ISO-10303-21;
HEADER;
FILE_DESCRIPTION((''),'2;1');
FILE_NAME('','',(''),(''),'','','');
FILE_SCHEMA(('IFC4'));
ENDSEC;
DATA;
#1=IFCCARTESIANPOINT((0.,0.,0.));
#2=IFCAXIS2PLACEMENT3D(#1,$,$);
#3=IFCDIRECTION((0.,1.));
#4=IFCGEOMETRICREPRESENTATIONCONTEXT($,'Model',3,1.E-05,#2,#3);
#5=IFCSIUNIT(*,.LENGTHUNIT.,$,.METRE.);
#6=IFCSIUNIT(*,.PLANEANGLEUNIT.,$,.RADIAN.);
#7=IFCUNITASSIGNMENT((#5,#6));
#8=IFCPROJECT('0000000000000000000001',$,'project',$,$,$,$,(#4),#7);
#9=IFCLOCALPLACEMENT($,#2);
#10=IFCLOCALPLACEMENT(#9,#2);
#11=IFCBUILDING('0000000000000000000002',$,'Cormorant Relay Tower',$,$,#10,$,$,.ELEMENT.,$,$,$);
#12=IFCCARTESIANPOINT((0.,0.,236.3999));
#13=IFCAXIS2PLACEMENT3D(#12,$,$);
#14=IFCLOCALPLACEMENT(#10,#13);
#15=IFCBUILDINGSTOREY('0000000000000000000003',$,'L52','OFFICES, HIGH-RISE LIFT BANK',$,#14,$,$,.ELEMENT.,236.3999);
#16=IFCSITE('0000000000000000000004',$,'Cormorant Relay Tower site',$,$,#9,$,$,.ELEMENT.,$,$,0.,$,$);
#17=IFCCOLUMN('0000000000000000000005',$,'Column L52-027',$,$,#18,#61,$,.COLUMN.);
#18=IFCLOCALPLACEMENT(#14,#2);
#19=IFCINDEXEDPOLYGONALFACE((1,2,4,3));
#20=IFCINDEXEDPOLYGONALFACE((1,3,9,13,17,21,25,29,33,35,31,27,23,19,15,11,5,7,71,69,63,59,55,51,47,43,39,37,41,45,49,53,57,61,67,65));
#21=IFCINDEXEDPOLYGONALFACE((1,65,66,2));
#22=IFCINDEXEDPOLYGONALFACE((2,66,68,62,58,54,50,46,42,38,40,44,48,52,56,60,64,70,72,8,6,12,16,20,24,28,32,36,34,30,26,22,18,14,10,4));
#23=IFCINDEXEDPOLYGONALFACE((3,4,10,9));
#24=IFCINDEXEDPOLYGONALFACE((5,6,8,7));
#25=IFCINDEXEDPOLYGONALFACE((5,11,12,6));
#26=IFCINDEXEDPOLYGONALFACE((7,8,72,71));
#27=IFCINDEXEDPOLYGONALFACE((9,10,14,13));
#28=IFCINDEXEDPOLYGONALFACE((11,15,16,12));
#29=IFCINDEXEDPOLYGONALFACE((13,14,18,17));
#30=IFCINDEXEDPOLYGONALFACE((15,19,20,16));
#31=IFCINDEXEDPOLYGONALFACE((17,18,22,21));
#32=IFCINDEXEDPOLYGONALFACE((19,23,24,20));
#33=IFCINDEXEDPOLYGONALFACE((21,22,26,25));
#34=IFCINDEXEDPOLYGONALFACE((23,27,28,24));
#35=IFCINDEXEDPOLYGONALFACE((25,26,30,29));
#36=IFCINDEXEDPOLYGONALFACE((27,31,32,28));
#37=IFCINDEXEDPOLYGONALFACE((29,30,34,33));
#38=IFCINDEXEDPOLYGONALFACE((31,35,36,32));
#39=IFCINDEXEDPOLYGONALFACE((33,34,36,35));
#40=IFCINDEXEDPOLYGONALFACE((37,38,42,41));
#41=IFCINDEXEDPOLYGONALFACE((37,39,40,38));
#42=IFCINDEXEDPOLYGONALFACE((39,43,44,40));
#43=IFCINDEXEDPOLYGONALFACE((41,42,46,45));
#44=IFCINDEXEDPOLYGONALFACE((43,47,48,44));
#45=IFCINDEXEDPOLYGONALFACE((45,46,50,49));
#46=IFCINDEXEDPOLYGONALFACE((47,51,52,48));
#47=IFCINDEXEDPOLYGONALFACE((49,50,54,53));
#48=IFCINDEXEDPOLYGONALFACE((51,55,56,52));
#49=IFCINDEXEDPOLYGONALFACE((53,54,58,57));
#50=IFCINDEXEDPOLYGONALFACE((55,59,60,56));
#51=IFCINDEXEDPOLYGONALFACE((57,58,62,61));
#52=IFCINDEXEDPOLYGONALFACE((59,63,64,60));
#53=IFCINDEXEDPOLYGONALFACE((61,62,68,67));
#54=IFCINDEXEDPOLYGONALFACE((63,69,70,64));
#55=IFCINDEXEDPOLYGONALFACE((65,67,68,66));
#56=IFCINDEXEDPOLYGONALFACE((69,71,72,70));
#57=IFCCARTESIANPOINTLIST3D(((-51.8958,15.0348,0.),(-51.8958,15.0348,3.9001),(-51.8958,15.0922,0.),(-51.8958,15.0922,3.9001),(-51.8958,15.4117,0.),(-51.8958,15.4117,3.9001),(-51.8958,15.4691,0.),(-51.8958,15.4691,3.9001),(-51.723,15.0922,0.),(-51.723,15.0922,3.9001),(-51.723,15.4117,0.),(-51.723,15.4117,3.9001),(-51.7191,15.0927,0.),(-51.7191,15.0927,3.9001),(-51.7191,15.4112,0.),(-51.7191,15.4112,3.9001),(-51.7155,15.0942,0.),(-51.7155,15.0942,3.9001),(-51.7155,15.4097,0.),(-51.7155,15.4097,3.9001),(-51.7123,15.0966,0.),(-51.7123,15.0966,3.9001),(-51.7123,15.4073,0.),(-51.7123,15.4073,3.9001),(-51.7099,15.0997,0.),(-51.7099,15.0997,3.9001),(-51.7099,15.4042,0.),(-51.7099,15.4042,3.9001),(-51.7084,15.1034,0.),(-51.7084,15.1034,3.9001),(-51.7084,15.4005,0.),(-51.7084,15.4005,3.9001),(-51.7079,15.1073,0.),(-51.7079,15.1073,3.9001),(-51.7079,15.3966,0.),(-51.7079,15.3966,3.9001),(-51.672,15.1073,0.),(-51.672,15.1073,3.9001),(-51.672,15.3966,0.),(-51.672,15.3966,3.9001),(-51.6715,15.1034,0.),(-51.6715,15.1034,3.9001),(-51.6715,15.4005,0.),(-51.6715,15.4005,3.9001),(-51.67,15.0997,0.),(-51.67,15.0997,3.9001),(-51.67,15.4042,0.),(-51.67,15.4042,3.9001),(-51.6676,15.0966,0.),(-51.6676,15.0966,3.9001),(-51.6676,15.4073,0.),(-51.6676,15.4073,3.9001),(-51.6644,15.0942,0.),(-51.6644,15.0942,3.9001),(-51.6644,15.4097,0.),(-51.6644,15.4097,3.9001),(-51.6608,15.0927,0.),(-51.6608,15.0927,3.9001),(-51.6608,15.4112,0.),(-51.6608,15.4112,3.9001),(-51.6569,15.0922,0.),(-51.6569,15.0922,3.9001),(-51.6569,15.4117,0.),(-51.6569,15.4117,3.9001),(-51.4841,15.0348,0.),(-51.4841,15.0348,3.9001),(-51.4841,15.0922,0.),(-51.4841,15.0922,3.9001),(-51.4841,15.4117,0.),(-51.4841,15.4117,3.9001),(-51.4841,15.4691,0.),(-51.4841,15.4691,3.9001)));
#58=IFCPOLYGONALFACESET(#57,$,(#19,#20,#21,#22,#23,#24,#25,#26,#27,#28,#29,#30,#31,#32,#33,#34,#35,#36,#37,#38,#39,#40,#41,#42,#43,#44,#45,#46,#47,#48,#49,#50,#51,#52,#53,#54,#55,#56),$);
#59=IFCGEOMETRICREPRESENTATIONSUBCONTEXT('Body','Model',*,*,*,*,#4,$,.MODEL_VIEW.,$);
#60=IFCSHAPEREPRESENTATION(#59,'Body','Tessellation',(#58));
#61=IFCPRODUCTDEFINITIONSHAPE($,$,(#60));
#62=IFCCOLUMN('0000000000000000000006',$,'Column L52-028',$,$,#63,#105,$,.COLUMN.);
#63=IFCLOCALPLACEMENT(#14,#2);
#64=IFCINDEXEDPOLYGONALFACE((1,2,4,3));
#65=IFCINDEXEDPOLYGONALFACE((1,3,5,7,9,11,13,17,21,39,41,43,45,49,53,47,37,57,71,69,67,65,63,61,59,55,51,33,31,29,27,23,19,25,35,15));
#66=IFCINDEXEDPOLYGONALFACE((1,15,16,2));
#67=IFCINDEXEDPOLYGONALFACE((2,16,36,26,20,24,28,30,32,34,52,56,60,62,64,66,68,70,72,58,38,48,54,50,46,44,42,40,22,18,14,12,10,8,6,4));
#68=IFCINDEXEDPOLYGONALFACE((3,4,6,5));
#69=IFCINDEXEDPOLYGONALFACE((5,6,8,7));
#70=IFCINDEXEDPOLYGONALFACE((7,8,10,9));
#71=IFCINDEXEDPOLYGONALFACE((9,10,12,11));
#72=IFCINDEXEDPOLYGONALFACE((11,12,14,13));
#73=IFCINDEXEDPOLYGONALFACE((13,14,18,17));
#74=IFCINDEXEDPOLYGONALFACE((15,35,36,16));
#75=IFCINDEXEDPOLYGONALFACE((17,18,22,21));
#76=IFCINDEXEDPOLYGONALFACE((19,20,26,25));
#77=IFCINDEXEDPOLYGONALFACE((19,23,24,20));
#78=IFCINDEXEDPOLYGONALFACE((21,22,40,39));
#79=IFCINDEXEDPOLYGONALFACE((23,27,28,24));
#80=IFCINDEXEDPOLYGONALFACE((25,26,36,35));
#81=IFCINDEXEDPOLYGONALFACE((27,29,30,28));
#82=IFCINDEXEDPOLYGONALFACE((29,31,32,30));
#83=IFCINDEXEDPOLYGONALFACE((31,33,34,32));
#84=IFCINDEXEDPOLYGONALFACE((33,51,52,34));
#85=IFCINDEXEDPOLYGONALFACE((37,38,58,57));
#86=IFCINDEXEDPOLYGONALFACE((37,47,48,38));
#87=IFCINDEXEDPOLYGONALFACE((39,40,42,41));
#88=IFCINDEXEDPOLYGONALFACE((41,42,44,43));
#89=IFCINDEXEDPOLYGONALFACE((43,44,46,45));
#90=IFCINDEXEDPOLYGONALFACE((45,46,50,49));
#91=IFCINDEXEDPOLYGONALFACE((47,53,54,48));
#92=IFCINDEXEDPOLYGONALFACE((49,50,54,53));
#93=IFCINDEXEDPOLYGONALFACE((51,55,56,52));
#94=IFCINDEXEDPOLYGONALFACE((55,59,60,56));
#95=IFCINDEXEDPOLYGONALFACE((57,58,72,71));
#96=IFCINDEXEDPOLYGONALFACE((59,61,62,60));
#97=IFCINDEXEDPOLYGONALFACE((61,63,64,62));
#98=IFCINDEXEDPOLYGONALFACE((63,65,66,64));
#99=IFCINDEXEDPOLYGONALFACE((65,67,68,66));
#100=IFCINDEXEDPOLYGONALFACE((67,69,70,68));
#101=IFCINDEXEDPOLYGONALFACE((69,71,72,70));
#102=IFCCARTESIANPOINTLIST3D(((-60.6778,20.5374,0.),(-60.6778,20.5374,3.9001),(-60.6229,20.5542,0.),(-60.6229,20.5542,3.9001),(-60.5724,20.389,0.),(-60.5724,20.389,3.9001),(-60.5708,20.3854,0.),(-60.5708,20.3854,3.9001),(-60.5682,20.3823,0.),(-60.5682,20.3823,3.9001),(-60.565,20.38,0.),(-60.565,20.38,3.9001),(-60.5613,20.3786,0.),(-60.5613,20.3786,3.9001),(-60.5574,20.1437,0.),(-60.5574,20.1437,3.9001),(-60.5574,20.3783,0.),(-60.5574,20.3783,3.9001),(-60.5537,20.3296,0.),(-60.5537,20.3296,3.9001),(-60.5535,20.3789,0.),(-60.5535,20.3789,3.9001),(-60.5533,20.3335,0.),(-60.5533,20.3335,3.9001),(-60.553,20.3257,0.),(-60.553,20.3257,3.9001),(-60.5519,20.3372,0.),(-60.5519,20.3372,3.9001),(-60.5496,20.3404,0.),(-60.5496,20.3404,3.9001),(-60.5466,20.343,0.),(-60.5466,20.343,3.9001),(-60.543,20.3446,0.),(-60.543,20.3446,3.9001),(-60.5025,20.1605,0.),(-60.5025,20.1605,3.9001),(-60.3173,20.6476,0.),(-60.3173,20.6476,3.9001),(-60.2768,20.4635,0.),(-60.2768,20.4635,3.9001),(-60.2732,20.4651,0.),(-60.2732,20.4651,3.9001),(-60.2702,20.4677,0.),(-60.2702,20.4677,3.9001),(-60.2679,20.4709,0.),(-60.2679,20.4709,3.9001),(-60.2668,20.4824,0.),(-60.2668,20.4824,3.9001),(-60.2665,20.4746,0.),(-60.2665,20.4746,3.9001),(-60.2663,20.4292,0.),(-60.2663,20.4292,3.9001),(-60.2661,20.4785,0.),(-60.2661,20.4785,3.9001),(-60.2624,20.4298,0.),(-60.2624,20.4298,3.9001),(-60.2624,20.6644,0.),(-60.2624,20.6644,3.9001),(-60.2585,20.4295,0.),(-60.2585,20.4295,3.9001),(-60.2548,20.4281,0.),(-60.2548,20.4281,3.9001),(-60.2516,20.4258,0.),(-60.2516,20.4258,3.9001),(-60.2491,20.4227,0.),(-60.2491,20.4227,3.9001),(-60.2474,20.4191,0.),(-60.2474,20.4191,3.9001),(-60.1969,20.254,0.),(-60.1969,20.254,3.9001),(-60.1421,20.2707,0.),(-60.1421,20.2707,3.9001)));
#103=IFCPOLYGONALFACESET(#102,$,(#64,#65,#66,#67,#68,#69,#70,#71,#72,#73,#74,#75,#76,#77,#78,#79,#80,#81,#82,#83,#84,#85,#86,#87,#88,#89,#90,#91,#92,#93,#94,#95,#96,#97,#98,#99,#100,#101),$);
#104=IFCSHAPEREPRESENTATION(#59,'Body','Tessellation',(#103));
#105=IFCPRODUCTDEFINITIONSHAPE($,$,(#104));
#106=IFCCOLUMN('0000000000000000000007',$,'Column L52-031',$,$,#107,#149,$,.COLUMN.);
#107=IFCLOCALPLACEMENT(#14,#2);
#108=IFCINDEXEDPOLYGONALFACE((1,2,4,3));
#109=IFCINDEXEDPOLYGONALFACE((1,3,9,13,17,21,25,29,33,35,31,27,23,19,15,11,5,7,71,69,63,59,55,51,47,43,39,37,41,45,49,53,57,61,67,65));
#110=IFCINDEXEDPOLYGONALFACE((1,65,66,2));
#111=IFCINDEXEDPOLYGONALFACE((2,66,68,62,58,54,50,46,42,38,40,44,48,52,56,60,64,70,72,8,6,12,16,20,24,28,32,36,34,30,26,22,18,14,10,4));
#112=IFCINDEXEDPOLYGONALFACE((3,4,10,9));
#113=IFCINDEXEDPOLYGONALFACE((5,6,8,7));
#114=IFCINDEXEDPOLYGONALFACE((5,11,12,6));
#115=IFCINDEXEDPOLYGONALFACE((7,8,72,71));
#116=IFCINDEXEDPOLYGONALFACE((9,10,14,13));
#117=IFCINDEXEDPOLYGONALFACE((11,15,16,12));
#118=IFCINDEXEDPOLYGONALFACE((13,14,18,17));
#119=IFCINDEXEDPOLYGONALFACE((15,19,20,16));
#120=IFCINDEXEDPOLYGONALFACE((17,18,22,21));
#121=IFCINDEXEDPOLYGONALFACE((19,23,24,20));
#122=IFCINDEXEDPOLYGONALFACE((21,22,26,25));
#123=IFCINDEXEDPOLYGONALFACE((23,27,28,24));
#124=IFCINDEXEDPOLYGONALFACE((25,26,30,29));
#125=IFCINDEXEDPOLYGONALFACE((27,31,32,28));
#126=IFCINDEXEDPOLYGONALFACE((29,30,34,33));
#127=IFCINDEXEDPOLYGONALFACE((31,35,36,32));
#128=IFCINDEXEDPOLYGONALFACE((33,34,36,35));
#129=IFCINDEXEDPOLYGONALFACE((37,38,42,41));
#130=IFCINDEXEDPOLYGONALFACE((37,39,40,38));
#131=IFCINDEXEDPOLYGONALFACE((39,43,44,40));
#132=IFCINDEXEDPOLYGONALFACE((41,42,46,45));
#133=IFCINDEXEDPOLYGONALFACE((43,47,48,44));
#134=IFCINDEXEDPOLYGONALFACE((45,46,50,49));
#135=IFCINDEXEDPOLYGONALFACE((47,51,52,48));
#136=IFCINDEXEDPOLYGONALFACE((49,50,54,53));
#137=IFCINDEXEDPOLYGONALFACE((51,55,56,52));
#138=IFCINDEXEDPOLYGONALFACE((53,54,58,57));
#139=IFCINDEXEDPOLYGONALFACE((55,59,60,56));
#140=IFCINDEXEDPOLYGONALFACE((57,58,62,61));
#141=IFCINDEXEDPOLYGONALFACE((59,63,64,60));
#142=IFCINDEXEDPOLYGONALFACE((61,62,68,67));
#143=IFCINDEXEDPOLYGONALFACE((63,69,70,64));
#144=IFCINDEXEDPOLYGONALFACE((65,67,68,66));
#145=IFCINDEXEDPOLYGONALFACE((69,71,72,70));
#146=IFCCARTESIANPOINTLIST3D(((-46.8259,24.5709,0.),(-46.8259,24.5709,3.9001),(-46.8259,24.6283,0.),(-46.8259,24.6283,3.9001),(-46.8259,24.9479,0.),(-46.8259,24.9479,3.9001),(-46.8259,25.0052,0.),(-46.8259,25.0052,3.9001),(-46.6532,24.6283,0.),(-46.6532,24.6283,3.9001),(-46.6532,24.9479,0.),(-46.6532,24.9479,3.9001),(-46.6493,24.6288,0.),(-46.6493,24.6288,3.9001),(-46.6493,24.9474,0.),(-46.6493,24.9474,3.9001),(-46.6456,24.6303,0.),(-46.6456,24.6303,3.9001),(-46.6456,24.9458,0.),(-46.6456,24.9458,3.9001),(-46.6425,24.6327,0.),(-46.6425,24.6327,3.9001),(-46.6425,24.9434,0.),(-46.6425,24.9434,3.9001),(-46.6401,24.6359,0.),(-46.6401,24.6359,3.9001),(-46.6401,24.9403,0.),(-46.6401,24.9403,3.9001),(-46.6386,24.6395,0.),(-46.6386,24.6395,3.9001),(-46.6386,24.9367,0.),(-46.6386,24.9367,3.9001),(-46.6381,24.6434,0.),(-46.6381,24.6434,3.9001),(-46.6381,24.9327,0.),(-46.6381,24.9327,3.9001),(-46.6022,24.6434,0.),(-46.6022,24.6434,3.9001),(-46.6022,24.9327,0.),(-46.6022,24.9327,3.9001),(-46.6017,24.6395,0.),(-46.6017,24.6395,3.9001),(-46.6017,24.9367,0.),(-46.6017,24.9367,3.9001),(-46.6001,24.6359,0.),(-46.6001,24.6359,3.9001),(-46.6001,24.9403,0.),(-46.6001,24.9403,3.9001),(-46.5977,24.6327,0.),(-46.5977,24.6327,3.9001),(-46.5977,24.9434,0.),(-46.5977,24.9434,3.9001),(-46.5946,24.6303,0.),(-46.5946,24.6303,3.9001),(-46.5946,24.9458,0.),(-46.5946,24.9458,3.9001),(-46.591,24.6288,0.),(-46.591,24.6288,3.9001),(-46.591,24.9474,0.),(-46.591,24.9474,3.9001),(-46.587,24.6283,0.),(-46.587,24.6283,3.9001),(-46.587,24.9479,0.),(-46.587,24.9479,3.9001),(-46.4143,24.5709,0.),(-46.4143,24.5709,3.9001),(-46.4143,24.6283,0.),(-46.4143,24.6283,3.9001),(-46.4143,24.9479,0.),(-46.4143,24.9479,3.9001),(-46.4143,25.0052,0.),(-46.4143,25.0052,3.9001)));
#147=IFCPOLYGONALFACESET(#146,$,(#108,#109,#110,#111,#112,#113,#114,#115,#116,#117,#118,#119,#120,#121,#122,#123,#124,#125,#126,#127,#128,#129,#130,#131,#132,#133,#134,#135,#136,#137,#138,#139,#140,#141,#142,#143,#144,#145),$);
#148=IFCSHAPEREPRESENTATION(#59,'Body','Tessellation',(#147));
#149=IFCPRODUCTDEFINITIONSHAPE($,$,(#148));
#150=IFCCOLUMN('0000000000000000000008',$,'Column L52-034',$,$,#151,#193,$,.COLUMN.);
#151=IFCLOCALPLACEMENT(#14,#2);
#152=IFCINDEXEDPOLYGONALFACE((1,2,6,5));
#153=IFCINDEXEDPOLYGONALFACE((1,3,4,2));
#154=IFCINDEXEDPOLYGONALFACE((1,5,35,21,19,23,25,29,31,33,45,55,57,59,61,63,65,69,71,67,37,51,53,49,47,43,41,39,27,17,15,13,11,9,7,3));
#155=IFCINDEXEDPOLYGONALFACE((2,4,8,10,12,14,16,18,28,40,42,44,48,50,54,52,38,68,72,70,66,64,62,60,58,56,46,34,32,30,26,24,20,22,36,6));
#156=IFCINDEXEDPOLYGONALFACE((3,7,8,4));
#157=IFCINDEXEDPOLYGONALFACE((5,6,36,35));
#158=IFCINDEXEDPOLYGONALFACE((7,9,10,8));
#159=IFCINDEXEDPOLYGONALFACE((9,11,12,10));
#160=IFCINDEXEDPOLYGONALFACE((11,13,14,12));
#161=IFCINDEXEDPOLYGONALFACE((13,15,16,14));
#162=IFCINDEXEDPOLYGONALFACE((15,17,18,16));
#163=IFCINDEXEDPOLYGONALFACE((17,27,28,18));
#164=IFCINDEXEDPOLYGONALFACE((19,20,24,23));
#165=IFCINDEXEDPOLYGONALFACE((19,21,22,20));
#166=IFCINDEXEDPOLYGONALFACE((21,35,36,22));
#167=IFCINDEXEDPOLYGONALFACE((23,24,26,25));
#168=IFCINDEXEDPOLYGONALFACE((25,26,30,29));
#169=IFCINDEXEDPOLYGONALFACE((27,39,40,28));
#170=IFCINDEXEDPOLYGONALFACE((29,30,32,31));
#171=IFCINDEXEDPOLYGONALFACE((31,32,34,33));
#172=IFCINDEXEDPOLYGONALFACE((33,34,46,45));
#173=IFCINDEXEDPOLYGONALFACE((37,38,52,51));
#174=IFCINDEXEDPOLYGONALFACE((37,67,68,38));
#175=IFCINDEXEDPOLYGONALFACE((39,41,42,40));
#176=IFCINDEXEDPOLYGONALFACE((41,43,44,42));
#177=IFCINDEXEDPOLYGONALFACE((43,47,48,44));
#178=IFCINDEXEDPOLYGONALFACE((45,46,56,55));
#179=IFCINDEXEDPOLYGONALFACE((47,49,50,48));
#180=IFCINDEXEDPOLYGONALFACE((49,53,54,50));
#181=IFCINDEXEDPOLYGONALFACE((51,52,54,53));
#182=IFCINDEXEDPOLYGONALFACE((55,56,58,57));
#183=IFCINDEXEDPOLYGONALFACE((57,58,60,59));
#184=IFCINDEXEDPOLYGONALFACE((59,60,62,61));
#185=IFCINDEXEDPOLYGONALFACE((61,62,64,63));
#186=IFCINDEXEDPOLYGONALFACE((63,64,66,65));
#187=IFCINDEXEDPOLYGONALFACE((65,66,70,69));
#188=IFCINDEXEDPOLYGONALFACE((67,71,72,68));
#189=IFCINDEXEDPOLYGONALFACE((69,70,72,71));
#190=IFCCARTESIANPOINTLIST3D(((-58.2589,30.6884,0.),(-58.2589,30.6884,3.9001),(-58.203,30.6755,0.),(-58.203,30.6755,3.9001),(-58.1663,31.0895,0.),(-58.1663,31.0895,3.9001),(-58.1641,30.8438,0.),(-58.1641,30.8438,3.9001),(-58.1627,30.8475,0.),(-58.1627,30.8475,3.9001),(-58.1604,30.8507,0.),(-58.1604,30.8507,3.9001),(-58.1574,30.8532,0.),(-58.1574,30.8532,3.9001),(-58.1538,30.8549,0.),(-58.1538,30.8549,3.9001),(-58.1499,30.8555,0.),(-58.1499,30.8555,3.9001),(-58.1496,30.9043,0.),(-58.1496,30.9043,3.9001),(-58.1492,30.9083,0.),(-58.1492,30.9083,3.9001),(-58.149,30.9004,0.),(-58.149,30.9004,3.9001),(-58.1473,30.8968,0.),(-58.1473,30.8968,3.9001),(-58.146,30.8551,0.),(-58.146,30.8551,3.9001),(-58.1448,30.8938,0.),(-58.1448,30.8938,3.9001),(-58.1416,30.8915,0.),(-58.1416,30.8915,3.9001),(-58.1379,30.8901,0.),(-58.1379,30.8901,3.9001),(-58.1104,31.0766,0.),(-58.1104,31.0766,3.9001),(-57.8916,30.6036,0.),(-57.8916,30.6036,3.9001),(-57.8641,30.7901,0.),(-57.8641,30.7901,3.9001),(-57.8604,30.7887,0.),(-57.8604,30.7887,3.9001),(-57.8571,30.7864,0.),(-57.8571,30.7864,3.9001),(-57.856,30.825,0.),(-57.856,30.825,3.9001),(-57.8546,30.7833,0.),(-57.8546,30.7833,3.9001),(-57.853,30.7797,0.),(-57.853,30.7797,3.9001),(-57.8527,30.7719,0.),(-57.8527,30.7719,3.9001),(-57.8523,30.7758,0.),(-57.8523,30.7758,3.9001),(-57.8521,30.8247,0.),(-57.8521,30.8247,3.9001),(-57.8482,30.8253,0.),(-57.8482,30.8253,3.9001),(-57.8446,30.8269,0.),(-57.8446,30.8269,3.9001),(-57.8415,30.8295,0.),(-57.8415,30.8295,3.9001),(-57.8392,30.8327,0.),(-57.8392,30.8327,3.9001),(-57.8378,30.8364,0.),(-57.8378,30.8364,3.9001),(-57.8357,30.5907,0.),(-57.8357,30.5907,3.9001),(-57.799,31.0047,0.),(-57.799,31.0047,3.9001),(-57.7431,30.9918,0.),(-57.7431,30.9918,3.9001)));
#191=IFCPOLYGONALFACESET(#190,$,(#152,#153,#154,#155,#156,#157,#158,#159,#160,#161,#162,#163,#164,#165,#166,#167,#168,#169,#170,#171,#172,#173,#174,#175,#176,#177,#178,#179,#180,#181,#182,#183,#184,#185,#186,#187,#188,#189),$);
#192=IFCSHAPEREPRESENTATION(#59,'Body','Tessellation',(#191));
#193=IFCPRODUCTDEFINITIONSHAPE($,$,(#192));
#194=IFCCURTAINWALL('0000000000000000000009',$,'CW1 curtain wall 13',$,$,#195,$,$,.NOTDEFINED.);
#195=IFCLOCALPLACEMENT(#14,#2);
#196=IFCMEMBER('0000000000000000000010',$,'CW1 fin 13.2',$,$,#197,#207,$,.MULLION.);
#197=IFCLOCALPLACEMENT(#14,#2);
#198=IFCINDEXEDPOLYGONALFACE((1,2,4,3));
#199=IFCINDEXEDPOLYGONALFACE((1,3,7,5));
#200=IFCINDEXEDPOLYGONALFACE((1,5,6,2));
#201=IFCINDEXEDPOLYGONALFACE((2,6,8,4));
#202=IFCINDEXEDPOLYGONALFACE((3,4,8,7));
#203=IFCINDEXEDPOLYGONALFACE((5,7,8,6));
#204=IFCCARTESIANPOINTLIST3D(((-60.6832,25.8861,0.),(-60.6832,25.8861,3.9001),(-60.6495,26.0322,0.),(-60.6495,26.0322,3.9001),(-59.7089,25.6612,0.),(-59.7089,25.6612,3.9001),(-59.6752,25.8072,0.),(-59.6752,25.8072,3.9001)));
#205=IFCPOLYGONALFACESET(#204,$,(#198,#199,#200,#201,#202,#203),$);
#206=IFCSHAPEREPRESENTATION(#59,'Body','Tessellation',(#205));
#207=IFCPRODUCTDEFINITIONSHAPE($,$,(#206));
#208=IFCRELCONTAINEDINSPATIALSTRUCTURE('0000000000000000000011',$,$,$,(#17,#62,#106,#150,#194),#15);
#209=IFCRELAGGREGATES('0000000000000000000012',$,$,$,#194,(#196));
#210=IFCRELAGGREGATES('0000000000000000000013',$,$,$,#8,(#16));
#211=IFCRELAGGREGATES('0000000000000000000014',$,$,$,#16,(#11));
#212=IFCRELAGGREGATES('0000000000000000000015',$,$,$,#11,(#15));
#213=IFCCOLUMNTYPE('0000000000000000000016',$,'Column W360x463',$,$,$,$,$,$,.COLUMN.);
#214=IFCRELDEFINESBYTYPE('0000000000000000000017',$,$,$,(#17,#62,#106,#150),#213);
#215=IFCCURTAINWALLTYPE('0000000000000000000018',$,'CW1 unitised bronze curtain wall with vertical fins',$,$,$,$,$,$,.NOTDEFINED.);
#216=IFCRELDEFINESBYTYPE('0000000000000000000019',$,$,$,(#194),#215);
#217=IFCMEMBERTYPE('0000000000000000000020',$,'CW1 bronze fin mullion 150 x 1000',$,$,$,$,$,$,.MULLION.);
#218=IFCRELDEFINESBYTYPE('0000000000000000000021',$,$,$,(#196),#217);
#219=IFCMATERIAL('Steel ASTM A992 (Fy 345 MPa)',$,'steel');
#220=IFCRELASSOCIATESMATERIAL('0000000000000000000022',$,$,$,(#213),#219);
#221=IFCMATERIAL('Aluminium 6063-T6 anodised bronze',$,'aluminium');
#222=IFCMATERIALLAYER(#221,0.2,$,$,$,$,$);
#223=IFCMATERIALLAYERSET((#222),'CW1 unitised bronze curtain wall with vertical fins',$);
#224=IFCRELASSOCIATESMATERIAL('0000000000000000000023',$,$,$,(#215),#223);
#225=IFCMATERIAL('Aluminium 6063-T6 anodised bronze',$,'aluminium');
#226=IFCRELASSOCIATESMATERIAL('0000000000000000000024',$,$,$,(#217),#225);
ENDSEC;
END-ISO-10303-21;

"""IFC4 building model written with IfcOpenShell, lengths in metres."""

from ifc_helpers import new_model, si_unit, direction, frame, origin, origin_2d, place, context, subcontext, project, spatial, rectangle, i_section, extrude, material, layer, layer_set, material_profile, profile_set, type_object, element, aggregate, save


model = new_model("IFC4")

# Units and contexts
model_context = context("Model", 3, precision=1e-05, world=origin(), true_north=direction((0.0, 1.0)))
body_context = subcontext(model_context, "Body", "Model", "MODEL_VIEW")
ifc_project = project(units=[si_unit("LENGTHUNIT", "METRE"), si_unit("PLANEANGLEUNIT", "RADIAN")], contexts=[model_context])

# Site, building, storey
site_placement = place(None, origin())
site = spatial("IfcSite", under=ifc_project, at=site_placement, Name="Cormorant Relay Tower site", CompositionType="ELEMENT", RefElevation=0.0)
building_placement = place(site_placement, origin())
building = spatial("IfcBuilding", under=site, at=building_placement, Name="Cormorant Relay Tower", CompositionType="ELEMENT")
storey_placement = place(building_placement, frame((0.0, 0.0, 236.3999)))
storey = spatial("IfcBuildingStorey", under=building, at=storey_placement, Name="L52", Description="OFFICES, HIGH-RISE LIFT BANK", CompositionType="ELEMENT", Elevation=236.3999)

# Columns
ifc_material_1 = material(Name="Steel ASTM A992 (Fy 345 MPa)", Category="steel")
ifc_material_profile_1 = material_profile(ifc_material_1, i_section(OverallWidth=0.4116, OverallDepth=0.4343, WebThickness=0.0359, FlangeThickness=0.0574, FilletRadius=0.0151, at=origin_2d()), Name="W360x463")
ifc_profile_set_1 = profile_set([ifc_material_profile_1], Name="Steel ASTM A992 (Fy 345 MPa)")
column_type = type_object("IfcColumnType", Name="Column W360x463", PredefinedType="COLUMN", material=ifc_profile_set_1)
for number, where, z_axis, x_axis, name in (
    (1, (-51.6899, 15.252, 0.0), (0.0, 0.0, 1.0), (1.0, 0.0, 0.0), "Column L52-027"),
    (2, (-60.4099, 20.4041, 0.0), (0.0, 0.0, 1.0), (0.292372, -0.956305, 0.0), "Column L52-028"),
    (3, (-46.6201, 24.7881, 0.0), (0.0, 0.0, 1.0), (1.0, 0.0, 0.0), "Column L52-031"),
    (4, (-58.001, 30.8401, 0.0), (0.0, 0.0, 1.0), (-0.224951, -0.97437, 0.0), "Column L52-034"),
):
    element("IfcColumn", number, at=place(storey_placement, frame(where, z_axis=z_axis, x_axis=x_axis)), inside=storey, type_object=column_type, Name=name, PredefinedType="COLUMN", context=body_context, shape_type="SweptSolid", body=[
        extrude(i_section(OverallWidth=0.4116, OverallDepth=0.4343, WebThickness=0.0359, FlangeThickness=0.0574, FilletRadius=0.0151, at=origin_2d()), origin(), (0.0, 0.0, 1.0), 3.9001),
    ])

# Curtain wall, member
ifc_material_2 = material(Name="Aluminium 6063-T6 anodised bronze", Category="aluminium")
ifc_layer_1 = layer(ifc_material_2, 0.2)
ifc_layer_set_1 = layer_set([ifc_layer_1], Name="CW1 unitised bronze curtain wall with vertical fins")
curtain_wall_type = type_object("IfcCurtainWallType", Name="CW1 unitised bronze curtain wall with vertical fins", PredefinedType="NOTDEFINED", material=ifc_layer_set_1)
curtain_wall_1_placement = place(storey_placement, origin())
curtain_wall_1 = element("IfcCurtainWall", 5, at=curtain_wall_1_placement, inside=storey, type_object=curtain_wall_type, Name="CW1 curtain wall 13", PredefinedType="NOTDEFINED")
ifc_material_3 = material(Name="Aluminium 6063-T6 anodised bronze", Category="aluminium")
ifc_material_profile_2 = material_profile(ifc_material_3, rectangle(XDim=0.1499, YDim=1.0, at=origin_2d()), Name="AL 150x1000")
ifc_profile_set_2 = profile_set([ifc_material_profile_2], Name="Aluminium 6063-T6 anodised bronze")
member_type_1 = type_object("IfcMemberType", Name="CW1 bronze fin mullion 150 x 1000", PredefinedType="MULLION", material=ifc_profile_set_2)
member_1_placement = place(storey_placement, frame((-60.1792, 25.8467, 0.0), z_axis=(0.0, 0.0, 1.0), x_axis=(-0.224951, -0.97437, 0.0)))
member_1 = element("IfcMember", 6, at=member_1_placement, type_object=member_type_1, Name="CW1 fin 13.2", PredefinedType="MULLION", context=body_context, shape_type="SweptSolid", body=[
    extrude(rectangle(XDim=0.1499, YDim=1.0, at=origin_2d()), origin(), (0.0, 0.0, 1.0), 3.9001),
])

aggregate(curtain_wall_1, [member_1])

save(model, "model.ifc")
